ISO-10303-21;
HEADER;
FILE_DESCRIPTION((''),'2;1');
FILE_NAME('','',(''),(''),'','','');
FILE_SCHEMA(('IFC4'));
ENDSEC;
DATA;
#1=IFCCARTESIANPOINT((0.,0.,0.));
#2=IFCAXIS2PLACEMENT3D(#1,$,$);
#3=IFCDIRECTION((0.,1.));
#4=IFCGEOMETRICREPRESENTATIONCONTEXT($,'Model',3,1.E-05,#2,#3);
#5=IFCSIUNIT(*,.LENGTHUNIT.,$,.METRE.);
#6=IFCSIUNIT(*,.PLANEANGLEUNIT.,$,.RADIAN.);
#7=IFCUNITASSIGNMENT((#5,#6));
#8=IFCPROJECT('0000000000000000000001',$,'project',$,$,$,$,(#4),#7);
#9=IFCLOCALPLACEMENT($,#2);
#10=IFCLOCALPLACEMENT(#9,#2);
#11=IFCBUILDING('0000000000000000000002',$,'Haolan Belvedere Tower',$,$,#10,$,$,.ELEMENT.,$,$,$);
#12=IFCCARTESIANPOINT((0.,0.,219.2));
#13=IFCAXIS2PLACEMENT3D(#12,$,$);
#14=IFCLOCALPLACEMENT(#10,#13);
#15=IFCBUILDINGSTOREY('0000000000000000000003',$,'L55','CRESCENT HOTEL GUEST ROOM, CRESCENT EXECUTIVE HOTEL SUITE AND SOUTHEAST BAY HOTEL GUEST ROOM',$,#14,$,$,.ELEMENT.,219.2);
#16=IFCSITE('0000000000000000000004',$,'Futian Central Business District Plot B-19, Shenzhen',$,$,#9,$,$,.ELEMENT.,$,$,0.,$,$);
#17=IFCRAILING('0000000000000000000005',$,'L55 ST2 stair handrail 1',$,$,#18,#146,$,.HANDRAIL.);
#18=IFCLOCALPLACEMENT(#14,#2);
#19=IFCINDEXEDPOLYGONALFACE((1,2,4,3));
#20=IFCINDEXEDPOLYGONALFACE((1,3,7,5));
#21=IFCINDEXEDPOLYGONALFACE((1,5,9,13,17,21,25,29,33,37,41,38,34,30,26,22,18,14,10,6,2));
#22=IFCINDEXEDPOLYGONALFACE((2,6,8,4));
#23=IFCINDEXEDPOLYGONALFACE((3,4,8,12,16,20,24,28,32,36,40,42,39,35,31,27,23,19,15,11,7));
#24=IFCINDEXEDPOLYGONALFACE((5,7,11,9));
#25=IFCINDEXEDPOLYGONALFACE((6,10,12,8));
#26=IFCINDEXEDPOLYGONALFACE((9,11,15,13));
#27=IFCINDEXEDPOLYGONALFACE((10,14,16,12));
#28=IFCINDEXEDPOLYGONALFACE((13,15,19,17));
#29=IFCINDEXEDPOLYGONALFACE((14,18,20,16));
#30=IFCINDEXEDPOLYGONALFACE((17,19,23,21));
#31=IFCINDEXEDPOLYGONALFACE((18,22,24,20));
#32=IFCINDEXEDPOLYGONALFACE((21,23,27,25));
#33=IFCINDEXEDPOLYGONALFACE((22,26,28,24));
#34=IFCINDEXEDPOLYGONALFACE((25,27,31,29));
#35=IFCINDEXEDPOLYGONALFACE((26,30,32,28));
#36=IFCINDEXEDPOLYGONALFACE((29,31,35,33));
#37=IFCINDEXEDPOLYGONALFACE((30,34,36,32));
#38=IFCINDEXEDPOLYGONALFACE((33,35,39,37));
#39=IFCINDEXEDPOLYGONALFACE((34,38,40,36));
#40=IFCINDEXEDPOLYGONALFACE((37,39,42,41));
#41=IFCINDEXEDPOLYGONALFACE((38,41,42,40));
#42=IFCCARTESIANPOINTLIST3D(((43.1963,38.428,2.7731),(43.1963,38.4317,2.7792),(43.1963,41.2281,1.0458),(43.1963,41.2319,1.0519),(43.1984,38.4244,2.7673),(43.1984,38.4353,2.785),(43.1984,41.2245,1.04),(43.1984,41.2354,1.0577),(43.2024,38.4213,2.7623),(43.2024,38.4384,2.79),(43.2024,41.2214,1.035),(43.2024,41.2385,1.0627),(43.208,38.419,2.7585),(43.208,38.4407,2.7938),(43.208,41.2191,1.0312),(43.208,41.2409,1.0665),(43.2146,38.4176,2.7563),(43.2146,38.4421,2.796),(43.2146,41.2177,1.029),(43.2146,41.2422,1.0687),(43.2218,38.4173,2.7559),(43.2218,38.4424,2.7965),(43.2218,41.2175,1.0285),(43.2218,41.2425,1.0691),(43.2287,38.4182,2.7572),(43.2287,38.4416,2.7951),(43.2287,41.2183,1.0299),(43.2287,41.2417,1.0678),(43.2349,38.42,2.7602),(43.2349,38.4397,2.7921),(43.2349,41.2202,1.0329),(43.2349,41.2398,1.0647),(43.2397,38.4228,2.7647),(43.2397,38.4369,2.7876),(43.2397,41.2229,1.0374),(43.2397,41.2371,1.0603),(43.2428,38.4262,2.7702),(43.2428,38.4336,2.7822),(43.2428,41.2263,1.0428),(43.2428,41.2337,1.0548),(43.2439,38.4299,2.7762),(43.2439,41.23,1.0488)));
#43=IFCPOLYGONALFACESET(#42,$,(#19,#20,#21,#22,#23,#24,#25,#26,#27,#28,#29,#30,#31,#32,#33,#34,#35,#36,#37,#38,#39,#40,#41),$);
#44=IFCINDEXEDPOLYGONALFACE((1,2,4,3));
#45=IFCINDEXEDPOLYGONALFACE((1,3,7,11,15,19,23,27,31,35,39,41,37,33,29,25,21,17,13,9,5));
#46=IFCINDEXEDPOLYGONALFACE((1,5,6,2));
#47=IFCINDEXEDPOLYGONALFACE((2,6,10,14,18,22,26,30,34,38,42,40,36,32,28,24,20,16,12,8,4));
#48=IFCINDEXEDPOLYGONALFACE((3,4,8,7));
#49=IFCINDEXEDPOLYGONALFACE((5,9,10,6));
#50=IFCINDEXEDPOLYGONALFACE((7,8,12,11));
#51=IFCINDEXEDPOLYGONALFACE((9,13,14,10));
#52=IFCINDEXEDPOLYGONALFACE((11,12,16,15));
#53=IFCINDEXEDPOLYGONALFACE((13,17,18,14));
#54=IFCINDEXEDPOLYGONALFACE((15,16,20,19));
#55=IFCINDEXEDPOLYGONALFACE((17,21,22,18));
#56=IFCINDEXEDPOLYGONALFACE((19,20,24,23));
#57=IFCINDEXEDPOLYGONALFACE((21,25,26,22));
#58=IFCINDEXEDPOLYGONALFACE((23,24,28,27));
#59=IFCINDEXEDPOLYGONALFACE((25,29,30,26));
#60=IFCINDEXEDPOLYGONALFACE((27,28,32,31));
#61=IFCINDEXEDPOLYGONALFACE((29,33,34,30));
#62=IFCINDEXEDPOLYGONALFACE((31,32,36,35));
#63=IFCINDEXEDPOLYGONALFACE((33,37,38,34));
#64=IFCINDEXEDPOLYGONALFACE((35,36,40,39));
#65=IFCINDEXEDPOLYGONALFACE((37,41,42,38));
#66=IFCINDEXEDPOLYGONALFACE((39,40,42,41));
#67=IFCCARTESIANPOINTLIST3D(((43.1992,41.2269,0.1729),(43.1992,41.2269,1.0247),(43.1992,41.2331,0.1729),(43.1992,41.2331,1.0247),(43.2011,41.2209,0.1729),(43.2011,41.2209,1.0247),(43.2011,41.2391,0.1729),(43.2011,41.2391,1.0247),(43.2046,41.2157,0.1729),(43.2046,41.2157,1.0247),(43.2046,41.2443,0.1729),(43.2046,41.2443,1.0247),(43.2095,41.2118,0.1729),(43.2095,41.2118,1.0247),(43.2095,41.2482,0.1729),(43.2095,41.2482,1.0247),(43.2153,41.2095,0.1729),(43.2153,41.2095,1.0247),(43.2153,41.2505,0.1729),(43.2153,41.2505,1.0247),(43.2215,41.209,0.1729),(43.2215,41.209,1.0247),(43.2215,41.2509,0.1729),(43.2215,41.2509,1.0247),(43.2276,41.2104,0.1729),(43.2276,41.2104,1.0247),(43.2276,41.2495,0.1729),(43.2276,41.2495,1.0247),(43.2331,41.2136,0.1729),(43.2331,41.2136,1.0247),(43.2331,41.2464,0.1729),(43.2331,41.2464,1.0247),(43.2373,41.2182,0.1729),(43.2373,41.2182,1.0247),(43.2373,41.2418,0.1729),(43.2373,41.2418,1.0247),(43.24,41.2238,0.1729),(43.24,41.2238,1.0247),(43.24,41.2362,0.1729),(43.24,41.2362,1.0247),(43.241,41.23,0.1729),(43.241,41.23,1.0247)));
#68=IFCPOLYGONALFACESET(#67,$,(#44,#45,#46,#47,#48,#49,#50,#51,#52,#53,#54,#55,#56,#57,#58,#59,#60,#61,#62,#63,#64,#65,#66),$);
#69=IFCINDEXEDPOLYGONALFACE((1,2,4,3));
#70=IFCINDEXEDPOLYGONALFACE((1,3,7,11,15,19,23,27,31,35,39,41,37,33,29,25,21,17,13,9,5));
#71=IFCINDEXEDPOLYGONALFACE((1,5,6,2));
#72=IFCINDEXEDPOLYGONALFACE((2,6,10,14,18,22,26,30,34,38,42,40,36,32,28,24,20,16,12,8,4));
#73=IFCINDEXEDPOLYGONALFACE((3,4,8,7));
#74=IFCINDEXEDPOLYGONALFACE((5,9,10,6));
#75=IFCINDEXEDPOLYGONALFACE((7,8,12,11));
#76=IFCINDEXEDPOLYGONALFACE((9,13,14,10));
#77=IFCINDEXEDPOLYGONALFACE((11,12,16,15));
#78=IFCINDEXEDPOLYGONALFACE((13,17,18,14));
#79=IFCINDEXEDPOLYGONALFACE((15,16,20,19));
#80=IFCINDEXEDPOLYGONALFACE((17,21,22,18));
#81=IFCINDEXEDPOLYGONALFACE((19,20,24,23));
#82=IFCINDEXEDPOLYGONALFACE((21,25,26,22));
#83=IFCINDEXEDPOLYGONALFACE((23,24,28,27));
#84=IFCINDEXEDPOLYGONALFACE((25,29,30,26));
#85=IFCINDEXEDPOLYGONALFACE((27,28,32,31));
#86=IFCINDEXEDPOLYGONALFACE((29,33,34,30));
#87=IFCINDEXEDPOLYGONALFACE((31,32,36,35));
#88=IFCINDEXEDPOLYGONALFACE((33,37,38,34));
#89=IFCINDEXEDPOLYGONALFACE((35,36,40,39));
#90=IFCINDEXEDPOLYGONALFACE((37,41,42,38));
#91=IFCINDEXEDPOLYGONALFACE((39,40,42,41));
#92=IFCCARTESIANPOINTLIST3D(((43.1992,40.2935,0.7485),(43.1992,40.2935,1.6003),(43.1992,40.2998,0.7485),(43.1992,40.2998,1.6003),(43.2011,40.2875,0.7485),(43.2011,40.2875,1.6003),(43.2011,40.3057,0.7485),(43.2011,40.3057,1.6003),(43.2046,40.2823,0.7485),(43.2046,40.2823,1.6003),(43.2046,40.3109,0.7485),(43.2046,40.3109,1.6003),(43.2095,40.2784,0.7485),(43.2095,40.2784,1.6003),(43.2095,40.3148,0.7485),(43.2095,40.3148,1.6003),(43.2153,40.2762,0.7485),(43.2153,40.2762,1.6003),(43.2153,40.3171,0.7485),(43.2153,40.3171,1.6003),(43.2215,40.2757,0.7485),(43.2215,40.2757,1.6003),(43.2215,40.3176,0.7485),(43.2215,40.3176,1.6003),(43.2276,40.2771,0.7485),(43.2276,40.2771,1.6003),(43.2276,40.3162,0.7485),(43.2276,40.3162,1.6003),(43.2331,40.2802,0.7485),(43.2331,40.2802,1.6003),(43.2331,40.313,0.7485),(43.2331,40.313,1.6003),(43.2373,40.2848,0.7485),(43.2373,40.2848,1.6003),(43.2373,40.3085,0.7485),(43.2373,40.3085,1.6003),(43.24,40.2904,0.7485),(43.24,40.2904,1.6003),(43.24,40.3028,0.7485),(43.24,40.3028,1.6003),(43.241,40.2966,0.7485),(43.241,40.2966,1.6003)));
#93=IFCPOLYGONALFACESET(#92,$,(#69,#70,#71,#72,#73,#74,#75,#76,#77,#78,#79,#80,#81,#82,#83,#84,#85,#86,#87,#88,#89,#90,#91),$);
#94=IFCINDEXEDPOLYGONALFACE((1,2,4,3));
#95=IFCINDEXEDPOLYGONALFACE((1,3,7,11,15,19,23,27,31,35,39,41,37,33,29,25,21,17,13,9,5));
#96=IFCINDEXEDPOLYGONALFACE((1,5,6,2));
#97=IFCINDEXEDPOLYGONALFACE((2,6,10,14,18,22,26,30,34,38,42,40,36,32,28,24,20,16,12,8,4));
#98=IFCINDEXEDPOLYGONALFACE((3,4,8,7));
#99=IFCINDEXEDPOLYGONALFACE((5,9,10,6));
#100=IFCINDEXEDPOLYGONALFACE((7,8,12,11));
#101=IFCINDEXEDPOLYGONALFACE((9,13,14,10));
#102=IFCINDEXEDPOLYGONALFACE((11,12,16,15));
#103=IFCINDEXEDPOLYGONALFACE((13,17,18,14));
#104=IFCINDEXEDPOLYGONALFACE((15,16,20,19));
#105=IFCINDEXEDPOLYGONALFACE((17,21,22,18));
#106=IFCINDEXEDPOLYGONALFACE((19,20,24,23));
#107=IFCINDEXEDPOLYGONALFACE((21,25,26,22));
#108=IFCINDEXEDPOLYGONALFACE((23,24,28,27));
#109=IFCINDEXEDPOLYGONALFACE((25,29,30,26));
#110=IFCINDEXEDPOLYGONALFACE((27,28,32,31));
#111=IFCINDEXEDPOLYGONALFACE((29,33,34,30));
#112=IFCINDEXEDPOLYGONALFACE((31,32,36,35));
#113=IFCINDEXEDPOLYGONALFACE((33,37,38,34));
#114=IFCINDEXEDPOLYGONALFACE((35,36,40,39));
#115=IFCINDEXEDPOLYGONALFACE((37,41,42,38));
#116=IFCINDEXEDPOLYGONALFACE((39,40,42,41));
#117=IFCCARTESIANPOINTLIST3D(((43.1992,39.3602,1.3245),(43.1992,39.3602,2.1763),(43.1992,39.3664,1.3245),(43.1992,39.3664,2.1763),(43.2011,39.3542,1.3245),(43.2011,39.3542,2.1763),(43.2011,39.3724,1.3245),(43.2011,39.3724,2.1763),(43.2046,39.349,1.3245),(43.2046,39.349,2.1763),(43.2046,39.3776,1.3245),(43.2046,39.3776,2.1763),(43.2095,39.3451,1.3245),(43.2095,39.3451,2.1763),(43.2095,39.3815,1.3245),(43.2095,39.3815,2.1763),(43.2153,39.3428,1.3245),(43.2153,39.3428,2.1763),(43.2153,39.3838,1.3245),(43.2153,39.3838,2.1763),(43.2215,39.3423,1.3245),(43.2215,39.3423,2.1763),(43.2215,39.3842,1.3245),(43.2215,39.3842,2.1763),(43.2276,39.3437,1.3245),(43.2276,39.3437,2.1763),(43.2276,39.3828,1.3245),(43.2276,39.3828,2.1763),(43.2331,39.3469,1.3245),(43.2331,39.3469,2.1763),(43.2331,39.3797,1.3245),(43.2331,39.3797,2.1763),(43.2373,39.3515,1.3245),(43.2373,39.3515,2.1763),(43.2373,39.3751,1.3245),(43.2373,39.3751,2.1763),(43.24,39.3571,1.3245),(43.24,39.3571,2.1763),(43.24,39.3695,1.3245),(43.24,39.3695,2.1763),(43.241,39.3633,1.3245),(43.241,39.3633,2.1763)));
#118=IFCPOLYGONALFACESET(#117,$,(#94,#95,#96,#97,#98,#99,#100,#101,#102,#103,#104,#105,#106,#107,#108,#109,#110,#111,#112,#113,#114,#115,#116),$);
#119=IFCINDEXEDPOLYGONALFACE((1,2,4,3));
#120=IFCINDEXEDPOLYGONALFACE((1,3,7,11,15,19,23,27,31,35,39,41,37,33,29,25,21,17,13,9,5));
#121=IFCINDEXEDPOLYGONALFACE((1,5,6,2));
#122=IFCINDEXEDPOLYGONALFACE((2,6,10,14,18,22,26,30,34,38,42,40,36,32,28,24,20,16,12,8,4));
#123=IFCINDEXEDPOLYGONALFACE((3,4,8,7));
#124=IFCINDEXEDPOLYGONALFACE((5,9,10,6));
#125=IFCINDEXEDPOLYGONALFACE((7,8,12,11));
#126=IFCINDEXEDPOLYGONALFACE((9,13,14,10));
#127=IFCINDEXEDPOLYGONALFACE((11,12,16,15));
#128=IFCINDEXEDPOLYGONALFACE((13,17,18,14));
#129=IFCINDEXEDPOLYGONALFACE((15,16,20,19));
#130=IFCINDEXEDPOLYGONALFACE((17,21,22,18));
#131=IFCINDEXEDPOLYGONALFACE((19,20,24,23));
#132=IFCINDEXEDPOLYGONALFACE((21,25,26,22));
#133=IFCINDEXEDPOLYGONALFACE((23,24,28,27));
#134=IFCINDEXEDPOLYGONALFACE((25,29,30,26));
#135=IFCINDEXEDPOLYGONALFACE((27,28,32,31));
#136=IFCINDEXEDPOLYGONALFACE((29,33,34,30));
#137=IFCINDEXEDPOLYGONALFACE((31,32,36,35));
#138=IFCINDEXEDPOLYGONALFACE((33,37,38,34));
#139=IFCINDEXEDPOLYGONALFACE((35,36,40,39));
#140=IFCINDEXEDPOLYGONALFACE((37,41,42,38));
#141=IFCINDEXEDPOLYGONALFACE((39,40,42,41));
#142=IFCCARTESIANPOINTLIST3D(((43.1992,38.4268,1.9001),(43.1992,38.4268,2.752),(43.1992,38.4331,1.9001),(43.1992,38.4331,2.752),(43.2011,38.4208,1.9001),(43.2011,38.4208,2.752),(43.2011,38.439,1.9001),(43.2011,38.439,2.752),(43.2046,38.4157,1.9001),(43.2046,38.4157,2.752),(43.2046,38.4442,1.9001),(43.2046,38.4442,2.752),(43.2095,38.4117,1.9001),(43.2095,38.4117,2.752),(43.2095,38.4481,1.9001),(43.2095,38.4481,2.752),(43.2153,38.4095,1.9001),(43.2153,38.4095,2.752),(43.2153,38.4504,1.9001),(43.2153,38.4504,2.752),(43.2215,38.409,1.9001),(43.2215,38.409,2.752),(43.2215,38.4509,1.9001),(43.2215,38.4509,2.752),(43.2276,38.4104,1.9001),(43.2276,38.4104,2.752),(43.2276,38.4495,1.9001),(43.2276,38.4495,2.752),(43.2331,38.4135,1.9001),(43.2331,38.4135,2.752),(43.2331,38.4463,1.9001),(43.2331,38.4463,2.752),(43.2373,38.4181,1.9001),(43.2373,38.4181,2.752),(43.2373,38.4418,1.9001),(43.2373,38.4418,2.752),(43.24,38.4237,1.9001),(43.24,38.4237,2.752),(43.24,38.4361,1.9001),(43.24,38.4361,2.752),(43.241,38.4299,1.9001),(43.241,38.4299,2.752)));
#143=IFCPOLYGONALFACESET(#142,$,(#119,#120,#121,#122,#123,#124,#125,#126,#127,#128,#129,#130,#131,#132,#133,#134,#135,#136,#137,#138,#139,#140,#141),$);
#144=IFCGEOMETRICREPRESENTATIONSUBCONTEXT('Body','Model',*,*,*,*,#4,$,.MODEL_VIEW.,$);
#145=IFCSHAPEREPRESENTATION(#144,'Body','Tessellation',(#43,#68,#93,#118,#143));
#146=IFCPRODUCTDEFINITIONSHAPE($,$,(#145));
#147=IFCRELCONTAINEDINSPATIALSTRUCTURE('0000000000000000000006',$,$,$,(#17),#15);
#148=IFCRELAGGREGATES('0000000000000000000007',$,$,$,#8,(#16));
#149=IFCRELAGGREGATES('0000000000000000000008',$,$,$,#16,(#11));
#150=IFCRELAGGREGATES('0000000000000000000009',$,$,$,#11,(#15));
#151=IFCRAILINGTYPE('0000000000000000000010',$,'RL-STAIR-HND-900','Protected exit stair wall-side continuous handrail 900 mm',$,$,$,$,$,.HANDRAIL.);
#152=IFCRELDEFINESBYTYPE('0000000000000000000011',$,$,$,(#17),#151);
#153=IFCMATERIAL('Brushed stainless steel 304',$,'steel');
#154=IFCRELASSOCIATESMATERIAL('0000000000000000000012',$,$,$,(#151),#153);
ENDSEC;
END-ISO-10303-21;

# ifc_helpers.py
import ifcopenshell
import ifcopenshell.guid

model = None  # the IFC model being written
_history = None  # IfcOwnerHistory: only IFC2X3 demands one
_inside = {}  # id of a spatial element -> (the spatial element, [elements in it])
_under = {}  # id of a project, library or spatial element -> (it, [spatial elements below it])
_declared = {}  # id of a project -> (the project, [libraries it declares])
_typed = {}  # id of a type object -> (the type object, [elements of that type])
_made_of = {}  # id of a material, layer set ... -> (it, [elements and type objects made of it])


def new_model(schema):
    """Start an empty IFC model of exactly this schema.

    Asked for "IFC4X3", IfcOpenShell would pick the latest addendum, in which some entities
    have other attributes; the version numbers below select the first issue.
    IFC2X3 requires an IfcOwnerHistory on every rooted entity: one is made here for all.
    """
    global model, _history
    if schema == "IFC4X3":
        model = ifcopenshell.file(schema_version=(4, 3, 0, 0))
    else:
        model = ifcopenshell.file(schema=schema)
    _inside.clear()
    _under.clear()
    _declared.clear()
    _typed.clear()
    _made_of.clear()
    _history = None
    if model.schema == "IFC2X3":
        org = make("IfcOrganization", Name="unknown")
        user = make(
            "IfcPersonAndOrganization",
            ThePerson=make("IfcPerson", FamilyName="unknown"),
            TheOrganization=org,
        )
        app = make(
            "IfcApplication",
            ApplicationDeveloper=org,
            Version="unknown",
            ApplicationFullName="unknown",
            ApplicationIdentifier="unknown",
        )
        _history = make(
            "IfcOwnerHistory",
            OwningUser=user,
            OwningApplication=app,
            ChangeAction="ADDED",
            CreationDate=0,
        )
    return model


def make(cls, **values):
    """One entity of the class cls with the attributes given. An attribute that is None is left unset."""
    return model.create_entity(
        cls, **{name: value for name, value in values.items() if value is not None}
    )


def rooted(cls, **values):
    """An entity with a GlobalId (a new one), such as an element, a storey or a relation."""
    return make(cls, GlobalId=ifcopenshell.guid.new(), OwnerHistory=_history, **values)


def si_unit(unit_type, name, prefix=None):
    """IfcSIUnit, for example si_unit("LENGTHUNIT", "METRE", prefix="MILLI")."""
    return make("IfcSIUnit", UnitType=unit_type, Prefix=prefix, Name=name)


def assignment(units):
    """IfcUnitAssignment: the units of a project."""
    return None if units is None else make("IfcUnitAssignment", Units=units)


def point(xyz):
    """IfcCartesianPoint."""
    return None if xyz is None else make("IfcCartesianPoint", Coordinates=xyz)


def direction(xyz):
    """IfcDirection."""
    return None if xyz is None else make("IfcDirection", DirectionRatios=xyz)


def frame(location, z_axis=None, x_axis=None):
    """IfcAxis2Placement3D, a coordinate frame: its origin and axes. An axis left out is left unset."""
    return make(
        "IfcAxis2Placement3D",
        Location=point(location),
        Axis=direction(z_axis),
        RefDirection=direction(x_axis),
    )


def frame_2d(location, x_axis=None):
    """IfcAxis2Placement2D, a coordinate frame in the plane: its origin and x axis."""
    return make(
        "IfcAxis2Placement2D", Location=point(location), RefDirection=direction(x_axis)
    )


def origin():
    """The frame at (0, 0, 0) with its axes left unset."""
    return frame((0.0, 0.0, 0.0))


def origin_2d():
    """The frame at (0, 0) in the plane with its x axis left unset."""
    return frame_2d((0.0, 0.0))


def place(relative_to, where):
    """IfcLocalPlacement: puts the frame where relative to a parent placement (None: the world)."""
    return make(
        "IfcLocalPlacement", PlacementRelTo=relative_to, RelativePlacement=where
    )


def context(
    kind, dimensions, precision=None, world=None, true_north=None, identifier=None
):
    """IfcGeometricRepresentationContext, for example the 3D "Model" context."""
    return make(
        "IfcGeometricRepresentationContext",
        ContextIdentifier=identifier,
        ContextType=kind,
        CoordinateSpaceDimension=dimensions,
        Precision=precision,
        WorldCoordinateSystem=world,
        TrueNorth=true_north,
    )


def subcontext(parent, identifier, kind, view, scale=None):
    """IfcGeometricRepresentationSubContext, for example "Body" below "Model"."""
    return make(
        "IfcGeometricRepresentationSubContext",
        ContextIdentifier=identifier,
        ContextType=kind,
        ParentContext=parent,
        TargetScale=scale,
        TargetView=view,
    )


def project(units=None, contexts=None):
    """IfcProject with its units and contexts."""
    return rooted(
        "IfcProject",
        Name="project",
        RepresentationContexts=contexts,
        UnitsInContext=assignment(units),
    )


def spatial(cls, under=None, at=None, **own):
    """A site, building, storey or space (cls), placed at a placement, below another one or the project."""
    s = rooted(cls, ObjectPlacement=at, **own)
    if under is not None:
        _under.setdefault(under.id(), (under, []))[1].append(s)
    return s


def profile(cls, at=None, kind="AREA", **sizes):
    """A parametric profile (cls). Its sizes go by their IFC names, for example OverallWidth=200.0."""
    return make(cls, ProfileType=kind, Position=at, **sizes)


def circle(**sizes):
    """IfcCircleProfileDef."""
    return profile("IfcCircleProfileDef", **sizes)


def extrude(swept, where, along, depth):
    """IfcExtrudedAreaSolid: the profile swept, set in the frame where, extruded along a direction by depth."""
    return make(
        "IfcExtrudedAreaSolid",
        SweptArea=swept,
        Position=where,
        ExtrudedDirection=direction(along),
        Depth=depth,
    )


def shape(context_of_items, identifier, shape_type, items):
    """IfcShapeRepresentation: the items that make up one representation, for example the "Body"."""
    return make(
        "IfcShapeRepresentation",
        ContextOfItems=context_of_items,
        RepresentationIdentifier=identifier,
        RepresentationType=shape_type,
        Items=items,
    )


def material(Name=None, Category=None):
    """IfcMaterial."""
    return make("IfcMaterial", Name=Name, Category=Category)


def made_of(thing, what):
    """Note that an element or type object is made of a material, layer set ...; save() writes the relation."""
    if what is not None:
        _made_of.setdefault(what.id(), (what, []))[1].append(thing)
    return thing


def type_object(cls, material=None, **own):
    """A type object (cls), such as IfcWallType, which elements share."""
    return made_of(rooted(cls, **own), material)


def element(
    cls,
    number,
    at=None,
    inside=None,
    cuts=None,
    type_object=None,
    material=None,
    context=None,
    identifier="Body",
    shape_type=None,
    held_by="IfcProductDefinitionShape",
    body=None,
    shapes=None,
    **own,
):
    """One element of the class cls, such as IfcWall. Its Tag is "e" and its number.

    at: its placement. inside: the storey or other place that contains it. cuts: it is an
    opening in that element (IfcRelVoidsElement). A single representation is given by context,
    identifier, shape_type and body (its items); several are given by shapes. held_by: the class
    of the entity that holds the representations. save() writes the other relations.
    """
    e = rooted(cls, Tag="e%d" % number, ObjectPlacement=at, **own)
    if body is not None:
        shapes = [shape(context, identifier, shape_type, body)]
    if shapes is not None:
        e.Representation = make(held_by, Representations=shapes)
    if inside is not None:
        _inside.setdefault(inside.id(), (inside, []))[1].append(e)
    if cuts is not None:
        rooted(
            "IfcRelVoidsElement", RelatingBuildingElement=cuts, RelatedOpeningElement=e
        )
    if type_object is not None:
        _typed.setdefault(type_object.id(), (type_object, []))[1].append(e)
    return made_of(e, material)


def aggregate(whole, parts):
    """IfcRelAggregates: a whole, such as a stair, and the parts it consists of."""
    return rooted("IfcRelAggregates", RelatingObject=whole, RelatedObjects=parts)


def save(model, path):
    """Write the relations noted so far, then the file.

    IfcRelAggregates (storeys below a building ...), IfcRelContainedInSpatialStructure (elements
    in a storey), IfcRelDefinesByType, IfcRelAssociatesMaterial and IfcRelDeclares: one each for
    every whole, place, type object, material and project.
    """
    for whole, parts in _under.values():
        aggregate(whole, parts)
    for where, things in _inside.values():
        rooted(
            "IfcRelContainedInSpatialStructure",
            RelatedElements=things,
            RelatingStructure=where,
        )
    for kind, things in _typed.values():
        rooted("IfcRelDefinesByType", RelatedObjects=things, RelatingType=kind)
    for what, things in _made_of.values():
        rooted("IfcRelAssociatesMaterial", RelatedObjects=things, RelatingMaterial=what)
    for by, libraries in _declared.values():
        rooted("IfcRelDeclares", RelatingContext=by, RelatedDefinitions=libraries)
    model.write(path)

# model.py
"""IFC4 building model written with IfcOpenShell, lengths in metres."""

from ifc_helpers import new_model, si_unit, direction, frame, origin, origin_2d, place, context, subcontext, project, spatial, circle, extrude, material, type_object, element, save


model = new_model("IFC4")

# Units and contexts
model_context = context("Model", 3, precision=1e-05, world=origin(), true_north=direction((0.0, 1.0)))
body_context = subcontext(model_context, "Body", "Model", "MODEL_VIEW")
ifc_project = project(units=[si_unit("LENGTHUNIT", "METRE"), si_unit("PLANEANGLEUNIT", "RADIAN")], contexts=[model_context])

# Site, building, storey
site_placement = place(None, origin())
site = spatial("IfcSite", under=ifc_project, at=site_placement, Name="Futian Central Business District Plot B-19, Shenzhen", CompositionType="ELEMENT", RefElevation=0.0)
building_placement = place(site_placement, origin())
building = spatial("IfcBuilding", under=site, at=building_placement, Name="Haolan Belvedere Tower", CompositionType="ELEMENT")
storey_placement = place(building_placement, frame((0.0, 0.0, 219.2)))
storey = spatial("IfcBuildingStorey", under=building, at=storey_placement, Name="L55", Description="CRESCENT HOTEL GUEST ROOM, CRESCENT EXECUTIVE HOTEL SUITE AND SOUTHEAST BAY HOTEL GUEST ROOM", CompositionType="ELEMENT", Elevation=219.2)

# Railing
ifc_material_1 = material(Name="Brushed stainless steel 304", Category="steel")
railing_type_1 = type_object("IfcRailingType", Name="RL-STAIR-HND-900", Description="Protected exit stair wall-side continuous handrail 900 mm", PredefinedType="HANDRAIL", material=ifc_material_1)
railing_1_placement = place(storey_placement, frame((43.22, 41.23, 0.1729)))
element("IfcRailing", 1, at=railing_1_placement, inside=storey, type_object=railing_type_1, Name="L55 ST2 stair handrail 1", PredefinedType="HANDRAIL", context=body_context, shape_type="SweptSolid", body=[
    extrude(circle(Radius=0.0239, at=origin_2d()), frame((0.0, 0.0, 0.876), z_axis=(0.0, -0.85109, 0.52502), x_axis=(1.0, 0.0, 0.0)), (0.0, 0.0, 1.0), 3.29),
    extrude(circle(Radius=0.021, at=origin_2d()), origin(), (0.0, 0.0, 1.0), 0.8518),
    extrude(circle(Radius=0.021, at=origin_2d()), frame((0.0, -0.9333, 0.5757)), (0.0, 0.0, 1.0), 0.8518),
    extrude(circle(Radius=0.021, at=origin_2d()), frame((0.0, -1.8667, 1.1516)), (0.0, 0.0, 1.0), 0.8518),
    extrude(circle(Radius=0.021, at=origin_2d()), frame((0.0, -2.8, 1.7273)), (0.0, 0.0, 1.0), 0.8518),
])

save(model, "model.ifc")
